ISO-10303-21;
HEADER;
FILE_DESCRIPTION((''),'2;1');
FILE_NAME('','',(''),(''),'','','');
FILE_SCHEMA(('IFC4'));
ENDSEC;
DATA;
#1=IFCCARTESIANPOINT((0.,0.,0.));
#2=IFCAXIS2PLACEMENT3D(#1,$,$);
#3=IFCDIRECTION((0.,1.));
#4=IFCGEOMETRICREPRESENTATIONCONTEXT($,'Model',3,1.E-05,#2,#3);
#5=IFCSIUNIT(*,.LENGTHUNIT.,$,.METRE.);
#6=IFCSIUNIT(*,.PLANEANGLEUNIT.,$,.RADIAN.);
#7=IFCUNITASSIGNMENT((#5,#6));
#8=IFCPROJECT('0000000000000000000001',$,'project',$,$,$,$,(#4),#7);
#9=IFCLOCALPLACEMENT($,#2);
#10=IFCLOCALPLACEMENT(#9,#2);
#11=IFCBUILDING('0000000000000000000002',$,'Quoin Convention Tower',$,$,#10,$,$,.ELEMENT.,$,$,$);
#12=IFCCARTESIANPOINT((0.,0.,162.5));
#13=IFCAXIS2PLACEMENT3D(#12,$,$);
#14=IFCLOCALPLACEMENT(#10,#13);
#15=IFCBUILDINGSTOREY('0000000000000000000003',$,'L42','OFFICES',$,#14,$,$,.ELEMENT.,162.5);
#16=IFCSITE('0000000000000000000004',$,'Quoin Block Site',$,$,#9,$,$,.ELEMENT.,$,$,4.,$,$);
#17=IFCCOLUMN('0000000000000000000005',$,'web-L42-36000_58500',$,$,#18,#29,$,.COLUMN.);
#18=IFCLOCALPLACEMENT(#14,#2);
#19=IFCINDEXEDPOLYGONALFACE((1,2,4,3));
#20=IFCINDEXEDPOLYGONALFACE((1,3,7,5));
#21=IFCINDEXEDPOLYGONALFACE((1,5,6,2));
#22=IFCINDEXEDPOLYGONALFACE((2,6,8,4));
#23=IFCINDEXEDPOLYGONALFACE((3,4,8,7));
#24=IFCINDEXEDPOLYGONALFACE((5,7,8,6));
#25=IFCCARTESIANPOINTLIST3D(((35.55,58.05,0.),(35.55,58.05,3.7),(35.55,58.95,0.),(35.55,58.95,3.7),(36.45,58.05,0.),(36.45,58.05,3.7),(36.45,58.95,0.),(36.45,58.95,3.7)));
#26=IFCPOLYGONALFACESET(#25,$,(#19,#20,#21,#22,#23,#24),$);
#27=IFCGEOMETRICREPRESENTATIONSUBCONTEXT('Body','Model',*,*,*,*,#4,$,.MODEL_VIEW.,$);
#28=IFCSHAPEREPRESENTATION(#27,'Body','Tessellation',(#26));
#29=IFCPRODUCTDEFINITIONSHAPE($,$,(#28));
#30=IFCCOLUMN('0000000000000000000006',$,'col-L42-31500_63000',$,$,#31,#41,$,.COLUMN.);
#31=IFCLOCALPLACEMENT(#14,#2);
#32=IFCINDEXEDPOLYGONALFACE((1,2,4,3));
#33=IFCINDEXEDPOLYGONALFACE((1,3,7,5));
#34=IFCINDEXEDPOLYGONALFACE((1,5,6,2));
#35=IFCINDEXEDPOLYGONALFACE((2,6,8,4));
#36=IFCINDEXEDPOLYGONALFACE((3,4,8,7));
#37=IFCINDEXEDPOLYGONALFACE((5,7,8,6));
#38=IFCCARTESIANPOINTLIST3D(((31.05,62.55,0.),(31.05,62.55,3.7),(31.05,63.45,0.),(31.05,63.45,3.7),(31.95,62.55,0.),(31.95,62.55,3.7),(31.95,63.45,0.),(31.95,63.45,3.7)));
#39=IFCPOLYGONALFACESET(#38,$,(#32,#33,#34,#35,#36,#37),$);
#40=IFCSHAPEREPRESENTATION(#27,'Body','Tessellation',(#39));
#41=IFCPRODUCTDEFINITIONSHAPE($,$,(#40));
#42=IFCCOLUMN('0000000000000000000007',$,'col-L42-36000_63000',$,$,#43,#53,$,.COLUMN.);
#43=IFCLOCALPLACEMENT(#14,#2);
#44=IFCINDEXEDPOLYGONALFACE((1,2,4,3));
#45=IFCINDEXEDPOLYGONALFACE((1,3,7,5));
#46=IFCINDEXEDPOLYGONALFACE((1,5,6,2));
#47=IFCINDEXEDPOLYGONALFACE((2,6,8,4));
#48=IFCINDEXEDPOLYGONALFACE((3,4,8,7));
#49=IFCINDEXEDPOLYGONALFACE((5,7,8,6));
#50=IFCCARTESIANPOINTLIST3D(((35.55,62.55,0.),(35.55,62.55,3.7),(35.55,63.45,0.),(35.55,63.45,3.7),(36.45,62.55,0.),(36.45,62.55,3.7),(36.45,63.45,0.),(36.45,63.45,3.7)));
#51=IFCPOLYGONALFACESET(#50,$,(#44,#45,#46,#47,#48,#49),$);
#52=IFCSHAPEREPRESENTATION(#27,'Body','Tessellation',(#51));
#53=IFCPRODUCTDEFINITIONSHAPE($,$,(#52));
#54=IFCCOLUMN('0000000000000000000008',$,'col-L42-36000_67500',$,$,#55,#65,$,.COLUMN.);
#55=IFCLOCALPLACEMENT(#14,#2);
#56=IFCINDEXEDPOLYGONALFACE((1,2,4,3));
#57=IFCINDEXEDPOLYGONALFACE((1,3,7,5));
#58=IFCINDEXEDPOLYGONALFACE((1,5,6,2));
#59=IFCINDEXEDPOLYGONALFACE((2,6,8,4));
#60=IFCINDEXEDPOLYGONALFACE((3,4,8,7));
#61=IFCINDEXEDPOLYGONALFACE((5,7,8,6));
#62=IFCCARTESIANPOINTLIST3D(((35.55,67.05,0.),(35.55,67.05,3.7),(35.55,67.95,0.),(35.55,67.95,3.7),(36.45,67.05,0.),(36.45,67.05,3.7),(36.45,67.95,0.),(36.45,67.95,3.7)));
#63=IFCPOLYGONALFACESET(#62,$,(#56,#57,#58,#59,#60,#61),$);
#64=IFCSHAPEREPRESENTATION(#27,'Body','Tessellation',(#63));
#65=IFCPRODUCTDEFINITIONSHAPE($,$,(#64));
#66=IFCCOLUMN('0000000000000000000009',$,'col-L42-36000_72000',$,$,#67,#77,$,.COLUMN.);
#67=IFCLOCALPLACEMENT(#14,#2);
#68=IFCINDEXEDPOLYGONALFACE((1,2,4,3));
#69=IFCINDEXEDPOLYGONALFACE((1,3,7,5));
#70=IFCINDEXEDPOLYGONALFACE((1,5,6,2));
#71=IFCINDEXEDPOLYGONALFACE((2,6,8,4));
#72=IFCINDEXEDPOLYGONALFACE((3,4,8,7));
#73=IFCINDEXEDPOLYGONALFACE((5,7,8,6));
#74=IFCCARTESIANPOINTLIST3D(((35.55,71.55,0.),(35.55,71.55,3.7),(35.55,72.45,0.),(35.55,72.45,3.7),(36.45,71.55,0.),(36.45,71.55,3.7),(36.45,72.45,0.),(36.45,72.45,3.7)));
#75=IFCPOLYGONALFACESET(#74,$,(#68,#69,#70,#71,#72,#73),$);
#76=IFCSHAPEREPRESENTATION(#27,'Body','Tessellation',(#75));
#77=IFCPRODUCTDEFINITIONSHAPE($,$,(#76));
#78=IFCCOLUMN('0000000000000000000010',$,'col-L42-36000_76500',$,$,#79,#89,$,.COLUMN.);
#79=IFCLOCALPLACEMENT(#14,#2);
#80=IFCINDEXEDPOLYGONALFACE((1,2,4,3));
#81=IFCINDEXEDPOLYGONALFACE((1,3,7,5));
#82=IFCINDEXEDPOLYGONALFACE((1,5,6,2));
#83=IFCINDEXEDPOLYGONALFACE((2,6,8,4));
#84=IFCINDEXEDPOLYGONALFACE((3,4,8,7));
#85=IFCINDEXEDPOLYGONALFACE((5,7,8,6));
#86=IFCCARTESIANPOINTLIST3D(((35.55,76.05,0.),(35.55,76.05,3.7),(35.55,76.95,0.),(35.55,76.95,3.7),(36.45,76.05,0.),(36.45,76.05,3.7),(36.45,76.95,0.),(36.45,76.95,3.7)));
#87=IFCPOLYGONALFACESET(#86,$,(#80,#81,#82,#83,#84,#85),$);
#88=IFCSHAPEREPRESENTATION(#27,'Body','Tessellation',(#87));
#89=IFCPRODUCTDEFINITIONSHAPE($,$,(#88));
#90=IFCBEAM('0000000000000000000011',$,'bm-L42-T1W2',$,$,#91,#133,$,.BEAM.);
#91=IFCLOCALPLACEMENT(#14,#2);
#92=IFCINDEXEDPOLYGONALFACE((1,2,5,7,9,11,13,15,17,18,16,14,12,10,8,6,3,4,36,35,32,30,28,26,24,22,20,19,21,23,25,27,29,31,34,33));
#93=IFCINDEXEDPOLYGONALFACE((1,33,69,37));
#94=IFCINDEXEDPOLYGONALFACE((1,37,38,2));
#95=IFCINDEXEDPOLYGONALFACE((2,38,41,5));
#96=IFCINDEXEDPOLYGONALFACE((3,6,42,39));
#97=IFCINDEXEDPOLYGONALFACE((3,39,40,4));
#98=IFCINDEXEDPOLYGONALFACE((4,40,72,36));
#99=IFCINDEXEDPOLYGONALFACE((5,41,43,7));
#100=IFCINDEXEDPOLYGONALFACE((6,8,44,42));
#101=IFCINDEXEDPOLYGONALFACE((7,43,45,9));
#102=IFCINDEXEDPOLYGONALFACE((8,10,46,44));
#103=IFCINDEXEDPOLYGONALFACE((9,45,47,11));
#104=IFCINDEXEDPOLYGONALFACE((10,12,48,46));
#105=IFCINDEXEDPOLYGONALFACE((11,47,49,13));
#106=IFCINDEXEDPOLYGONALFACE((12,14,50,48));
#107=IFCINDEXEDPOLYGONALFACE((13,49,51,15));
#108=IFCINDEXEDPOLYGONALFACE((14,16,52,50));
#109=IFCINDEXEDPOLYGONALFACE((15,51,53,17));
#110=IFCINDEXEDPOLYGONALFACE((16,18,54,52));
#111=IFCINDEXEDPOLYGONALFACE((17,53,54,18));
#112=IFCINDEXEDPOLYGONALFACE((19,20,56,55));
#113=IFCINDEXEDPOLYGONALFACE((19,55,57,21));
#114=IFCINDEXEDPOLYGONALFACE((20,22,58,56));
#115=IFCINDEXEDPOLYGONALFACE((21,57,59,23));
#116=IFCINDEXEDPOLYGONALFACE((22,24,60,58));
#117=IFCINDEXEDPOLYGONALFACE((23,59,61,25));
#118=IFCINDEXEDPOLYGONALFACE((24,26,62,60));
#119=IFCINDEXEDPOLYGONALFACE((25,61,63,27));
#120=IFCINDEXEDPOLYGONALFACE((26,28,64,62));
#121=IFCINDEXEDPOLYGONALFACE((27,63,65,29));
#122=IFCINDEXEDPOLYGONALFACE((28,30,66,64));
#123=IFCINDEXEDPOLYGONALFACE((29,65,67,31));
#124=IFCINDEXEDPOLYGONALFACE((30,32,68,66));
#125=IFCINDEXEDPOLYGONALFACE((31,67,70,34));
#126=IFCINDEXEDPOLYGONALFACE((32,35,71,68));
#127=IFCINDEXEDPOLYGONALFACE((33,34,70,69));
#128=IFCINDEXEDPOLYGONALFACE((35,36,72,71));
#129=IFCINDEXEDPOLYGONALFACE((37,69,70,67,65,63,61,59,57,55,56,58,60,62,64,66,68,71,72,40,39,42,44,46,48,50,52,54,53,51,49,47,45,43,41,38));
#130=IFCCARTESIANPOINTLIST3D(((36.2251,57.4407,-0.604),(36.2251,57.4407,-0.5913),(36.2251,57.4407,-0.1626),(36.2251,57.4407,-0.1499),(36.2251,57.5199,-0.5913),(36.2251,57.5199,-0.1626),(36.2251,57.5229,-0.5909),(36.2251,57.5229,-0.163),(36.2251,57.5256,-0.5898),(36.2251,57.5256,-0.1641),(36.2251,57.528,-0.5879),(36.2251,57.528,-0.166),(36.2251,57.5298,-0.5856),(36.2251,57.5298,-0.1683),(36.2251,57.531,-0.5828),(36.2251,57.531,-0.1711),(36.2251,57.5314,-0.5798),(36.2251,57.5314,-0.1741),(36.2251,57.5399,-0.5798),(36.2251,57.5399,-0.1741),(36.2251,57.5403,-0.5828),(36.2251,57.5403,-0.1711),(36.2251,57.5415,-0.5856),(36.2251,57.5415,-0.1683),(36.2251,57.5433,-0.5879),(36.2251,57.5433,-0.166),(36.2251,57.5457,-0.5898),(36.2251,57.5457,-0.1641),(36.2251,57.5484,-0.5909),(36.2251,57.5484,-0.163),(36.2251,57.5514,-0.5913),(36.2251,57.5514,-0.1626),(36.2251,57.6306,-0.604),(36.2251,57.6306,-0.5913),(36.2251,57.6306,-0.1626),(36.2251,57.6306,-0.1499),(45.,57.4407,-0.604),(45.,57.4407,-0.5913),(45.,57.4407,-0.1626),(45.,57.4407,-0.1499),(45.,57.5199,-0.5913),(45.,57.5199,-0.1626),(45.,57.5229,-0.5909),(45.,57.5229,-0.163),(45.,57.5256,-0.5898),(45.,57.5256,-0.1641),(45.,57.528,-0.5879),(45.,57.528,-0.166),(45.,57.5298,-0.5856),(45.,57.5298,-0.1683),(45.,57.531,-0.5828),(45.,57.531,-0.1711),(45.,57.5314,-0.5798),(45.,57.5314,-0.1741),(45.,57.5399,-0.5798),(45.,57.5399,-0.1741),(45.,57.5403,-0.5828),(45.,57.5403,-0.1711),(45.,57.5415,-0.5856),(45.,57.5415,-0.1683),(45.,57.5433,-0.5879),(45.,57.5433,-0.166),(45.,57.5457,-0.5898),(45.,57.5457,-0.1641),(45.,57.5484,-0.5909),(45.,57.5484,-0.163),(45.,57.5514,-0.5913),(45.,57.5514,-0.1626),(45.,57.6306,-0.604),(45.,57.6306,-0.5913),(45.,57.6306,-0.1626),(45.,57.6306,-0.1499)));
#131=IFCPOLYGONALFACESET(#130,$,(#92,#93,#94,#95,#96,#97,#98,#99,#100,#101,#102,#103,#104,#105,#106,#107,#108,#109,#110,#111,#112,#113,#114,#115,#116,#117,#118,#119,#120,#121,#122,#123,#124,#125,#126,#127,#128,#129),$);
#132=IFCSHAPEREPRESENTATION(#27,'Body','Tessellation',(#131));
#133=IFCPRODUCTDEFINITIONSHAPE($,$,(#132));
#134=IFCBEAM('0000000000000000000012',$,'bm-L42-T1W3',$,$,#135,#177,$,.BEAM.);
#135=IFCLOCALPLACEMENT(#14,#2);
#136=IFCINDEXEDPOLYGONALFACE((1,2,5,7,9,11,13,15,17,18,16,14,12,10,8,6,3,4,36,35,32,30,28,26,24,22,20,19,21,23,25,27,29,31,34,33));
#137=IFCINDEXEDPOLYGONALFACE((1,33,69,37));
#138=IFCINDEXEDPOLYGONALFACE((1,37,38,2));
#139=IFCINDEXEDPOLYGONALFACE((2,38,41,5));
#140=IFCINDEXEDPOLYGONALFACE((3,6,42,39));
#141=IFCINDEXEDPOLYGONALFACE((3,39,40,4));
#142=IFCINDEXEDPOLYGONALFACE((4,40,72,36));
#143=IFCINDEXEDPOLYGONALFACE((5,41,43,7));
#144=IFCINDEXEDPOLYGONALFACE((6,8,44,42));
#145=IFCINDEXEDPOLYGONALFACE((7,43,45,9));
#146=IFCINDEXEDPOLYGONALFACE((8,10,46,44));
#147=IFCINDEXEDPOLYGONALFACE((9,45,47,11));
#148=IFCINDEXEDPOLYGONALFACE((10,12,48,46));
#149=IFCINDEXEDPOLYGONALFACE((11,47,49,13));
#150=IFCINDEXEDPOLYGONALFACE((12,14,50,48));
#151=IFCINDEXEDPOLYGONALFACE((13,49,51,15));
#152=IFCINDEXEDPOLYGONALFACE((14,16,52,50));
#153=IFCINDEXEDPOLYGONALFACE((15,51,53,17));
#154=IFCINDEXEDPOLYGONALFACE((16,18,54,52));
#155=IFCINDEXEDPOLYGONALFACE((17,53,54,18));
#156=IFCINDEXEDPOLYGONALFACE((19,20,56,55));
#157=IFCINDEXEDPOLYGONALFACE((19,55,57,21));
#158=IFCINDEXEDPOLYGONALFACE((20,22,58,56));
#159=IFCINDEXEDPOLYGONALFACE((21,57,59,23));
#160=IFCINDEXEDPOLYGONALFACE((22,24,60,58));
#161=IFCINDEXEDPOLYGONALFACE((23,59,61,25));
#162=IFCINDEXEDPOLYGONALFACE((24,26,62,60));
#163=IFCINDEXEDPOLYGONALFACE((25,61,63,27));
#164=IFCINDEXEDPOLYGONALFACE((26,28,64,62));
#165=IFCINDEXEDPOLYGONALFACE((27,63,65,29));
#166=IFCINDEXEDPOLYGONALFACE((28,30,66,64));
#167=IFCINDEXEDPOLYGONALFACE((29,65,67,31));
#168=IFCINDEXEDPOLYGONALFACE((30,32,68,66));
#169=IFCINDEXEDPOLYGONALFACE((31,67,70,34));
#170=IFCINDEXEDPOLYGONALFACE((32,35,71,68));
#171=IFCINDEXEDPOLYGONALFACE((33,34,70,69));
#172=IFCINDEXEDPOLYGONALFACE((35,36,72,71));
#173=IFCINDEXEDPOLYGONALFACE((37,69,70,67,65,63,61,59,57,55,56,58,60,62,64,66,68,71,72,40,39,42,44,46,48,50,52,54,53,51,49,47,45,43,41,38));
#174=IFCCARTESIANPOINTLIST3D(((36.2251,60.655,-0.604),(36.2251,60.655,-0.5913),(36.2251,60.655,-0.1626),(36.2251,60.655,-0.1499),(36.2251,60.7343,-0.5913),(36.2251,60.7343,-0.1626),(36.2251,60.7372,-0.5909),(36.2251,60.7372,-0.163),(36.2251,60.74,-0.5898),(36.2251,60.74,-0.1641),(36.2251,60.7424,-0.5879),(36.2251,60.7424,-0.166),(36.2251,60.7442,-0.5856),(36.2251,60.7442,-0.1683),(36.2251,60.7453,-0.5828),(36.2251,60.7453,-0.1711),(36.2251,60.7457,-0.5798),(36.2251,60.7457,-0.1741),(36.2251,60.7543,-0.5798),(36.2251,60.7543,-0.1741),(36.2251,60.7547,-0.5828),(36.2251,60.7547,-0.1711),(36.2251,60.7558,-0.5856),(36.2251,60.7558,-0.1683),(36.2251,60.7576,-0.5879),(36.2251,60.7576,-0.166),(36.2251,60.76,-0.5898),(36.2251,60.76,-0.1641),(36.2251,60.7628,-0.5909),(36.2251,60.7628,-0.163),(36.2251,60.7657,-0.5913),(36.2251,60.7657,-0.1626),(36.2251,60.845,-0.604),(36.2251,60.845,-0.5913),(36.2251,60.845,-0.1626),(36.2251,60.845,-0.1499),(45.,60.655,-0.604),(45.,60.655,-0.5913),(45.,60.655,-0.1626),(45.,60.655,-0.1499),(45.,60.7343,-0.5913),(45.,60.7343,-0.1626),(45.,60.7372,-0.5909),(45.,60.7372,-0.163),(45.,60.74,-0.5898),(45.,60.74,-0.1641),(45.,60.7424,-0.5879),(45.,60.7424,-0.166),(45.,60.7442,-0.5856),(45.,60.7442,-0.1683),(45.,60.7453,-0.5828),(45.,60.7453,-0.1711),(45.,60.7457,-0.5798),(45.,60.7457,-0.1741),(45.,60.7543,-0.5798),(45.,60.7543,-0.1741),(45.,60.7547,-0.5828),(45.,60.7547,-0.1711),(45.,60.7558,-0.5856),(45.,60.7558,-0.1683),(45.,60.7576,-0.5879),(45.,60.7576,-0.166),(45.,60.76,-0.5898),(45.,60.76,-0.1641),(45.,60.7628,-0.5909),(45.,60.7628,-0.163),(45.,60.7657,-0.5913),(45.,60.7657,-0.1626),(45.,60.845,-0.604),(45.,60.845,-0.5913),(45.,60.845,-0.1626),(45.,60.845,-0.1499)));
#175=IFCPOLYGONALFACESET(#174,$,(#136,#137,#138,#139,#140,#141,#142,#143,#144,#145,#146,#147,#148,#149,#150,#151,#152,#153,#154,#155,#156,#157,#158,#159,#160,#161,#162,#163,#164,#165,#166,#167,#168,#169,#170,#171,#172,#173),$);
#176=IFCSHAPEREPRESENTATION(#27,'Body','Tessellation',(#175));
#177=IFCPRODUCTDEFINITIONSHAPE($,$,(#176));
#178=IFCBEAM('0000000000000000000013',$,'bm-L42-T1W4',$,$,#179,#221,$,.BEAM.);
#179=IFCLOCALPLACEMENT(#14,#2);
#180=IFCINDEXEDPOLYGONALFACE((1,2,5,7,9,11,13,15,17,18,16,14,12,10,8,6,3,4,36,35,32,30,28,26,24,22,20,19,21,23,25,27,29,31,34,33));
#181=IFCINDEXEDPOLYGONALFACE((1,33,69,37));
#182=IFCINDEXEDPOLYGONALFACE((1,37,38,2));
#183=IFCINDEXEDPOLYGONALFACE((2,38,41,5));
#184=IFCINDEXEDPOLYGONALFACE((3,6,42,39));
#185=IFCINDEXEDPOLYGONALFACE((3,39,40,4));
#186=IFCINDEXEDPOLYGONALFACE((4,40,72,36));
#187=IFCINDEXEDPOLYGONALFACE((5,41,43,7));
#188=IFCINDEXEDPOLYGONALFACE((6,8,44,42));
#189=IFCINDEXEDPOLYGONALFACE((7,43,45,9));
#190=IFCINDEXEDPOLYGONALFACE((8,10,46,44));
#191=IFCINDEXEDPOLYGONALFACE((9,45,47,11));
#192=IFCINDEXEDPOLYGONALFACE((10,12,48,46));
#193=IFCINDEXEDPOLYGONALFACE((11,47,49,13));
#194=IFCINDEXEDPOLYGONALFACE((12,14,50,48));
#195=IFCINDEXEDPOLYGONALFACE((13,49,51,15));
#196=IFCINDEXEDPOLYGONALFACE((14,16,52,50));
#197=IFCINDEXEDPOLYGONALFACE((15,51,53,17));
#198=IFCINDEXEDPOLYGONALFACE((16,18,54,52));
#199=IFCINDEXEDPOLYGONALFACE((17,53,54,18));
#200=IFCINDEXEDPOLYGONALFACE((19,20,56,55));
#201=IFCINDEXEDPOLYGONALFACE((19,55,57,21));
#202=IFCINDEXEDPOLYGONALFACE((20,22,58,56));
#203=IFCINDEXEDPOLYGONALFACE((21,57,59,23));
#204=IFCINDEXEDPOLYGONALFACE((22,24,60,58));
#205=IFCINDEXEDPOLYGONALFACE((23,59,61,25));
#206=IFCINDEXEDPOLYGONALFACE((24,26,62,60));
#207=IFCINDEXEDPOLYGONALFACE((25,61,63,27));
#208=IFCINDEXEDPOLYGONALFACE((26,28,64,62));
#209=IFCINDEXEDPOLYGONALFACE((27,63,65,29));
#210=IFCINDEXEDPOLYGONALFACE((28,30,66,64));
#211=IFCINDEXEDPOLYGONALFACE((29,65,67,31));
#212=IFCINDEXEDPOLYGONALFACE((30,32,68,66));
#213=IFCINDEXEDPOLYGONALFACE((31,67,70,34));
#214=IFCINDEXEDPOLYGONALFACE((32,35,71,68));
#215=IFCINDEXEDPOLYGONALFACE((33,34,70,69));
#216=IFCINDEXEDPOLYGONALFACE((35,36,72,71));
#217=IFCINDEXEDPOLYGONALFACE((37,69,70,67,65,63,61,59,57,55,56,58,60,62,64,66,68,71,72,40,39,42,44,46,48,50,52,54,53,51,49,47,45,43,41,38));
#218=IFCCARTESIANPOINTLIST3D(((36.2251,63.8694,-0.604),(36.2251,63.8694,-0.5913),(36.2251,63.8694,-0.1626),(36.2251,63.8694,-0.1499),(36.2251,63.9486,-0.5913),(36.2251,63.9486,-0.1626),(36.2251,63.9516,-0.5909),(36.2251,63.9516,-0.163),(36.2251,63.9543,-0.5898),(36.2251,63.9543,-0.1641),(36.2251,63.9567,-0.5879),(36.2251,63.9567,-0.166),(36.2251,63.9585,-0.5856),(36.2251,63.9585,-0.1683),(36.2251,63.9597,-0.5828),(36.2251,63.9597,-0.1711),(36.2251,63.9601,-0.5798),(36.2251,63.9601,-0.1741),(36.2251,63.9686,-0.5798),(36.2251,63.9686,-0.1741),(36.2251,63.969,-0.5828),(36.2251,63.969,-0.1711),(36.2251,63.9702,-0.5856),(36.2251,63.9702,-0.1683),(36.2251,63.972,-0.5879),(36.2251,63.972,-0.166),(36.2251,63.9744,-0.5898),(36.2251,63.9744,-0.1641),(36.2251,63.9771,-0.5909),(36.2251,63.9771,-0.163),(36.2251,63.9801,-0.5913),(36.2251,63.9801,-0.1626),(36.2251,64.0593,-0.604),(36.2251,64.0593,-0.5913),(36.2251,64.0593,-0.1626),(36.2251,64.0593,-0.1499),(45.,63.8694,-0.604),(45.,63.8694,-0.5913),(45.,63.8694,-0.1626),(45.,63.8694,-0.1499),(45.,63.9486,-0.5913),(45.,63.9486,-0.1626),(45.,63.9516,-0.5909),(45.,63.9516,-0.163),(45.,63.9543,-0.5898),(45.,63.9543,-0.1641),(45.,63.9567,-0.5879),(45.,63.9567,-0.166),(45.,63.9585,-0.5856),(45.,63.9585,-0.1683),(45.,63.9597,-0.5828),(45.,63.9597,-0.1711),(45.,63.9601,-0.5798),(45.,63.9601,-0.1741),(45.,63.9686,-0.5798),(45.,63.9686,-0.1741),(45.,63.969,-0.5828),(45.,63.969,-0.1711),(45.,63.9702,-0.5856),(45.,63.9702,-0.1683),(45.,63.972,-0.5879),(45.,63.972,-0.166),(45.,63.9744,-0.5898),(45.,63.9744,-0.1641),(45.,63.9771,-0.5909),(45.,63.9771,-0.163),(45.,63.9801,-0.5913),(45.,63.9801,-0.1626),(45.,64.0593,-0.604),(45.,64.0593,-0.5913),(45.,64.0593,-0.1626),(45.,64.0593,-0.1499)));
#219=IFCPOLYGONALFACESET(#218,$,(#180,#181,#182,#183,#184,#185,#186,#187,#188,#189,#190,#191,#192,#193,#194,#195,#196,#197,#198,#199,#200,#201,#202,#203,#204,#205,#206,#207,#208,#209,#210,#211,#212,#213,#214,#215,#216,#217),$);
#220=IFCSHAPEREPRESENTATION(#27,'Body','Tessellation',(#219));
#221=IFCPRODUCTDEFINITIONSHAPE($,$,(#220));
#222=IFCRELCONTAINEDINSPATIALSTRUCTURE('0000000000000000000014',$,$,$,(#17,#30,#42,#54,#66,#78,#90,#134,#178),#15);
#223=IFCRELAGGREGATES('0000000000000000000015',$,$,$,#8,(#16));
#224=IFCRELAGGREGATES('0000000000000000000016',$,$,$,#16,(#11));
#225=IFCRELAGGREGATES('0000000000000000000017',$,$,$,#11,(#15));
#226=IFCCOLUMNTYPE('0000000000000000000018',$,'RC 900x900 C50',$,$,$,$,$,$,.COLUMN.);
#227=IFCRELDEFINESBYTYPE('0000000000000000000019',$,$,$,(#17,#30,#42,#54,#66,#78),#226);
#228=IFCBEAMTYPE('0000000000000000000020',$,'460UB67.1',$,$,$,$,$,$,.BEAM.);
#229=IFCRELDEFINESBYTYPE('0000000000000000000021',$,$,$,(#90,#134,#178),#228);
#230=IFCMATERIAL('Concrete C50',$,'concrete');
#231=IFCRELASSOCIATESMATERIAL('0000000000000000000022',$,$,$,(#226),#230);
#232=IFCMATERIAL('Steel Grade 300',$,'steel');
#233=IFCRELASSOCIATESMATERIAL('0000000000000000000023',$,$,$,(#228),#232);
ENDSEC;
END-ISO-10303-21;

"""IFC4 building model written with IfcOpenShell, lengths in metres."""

from ifc_helpers import new_model, si_unit, direction, frame, origin, origin_2d, place, context, subcontext, project, spatial, rectangle, i_section, extrude, material, material_profile, profile_set, type_object, element, save


model = new_model("IFC4")

# Units and contexts
model_context = context("Model", 3, precision=1e-05, world=origin(), true_north=direction((0.0, 1.0)))
body_context = subcontext(model_context, "Body", "Model", "MODEL_VIEW")
ifc_project = project(units=[si_unit("LENGTHUNIT", "METRE"), si_unit("PLANEANGLEUNIT", "RADIAN")], contexts=[model_context])

# Site, building, storey
site_placement = place(None, origin())
site = spatial("IfcSite", under=ifc_project, at=site_placement, Name="Quoin Block Site", CompositionType="ELEMENT", RefElevation=4.0)
building_placement = place(site_placement, origin())
building = spatial("IfcBuilding", under=site, at=building_placement, Name="Quoin Convention Tower", CompositionType="ELEMENT")
storey_placement = place(building_placement, frame((0.0, 0.0, 162.5)))
storey = spatial("IfcBuildingStorey", under=building, at=storey_placement, Name="L42", Description="OFFICES", CompositionType="ELEMENT", Elevation=162.5)

# Columns
ifc_material_1 = material(Name="Concrete C50", Category="concrete")
ifc_material_profile_1 = material_profile(ifc_material_1, rectangle(XDim=0.8999, YDim=0.8999, at=origin_2d()), Name="RC 900x900")
ifc_profile_set_1 = profile_set([ifc_material_profile_1], Name="Concrete C50")
column_type = type_object("IfcColumnType", Name="RC 900x900 C50", PredefinedType="COLUMN", material=ifc_profile_set_1)
for number, where, z_axis, x_axis, name in (
    (1, (36.0, 58.5, 0.0), (0.0, 0.0, 1.0), (1.0, 0.0, 0.0), "web-L42-36000_58500"),
    (2, (31.5, 63.0, 0.0), (0.0, 0.0, 1.0), (1.0, 0.0, 0.0), "col-L42-31500_63000"),
    (3, (36.0, 63.0, 0.0), (0.0, 0.0, 1.0), (1.0, 0.0, 0.0), "col-L42-36000_63000"),
    (4, (36.0, 67.5, 0.0), (0.0, 0.0, 1.0), (1.0, 0.0, 0.0), "col-L42-36000_67500"),
    (5, (36.0, 72.0, 0.0), (0.0, 0.0, 1.0), (1.0, 0.0, 0.0), "col-L42-36000_72000"),
    (6, (36.0, 76.5, 0.0), (0.0, 0.0, 1.0), (1.0, 0.0, 0.0), "col-L42-36000_76500"),
):
    element("IfcColumn", number, at=place(storey_placement, frame(where, z_axis=z_axis, x_axis=x_axis)), inside=storey, type_object=column_type, Name=name, PredefinedType="COLUMN", context=body_context, shape_type="SweptSolid", body=[
        extrude(rectangle(XDim=0.8999, YDim=0.8999, at=origin_2d()), origin(), (0.0, 0.0, 1.0), 3.7),
    ])

# Beams
ifc_material_2 = material(Name="Steel Grade 300", Category="steel")
ifc_material_profile_2 = material_profile(ifc_material_2, i_section(OverallWidth=0.1899, OverallDepth=0.4541, WebThickness=0.0085, FlangeThickness=0.0127, FilletRadius=0.0115, at=origin_2d()), Name="460UB67.1")
ifc_profile_set_2 = profile_set([ifc_material_profile_2], Name="Steel Grade 300")
beam_type_1 = type_object("IfcBeamType", Name="460UB67.1", PredefinedType="BEAM", material=ifc_profile_set_2)
for number, where, z_axis, x_axis, name in (
    (7, (36.2251, 57.5356, -0.377), (1.0, 0.0, 0.0), (0.0, 1.0, 0.0), "bm-L42-T1W2"),
    (8, (36.2251, 60.75, -0.377), (1.0, 0.0, 0.0), (0.0, 1.0, 0.0), "bm-L42-T1W3"),
    (9, (36.2251, 63.9644, -0.377), (1.0, 0.0, 0.0), (0.0, 1.0, 0.0), "bm-L42-T1W4"),
):
    element("IfcBeam", number, at=place(storey_placement, frame(where, z_axis=z_axis, x_axis=x_axis)), inside=storey, type_object=beam_type_1, Name=name, PredefinedType="BEAM", context=body_context, shape_type="SweptSolid", body=[
        extrude(i_section(OverallWidth=0.1899, OverallDepth=0.4541, WebThickness=0.0085, FlangeThickness=0.0127, FilletRadius=0.0115, at=origin_2d()), origin(), (0.0, 0.0, 1.0), 8.7749),
    ])

save(model, "model.ifc")
